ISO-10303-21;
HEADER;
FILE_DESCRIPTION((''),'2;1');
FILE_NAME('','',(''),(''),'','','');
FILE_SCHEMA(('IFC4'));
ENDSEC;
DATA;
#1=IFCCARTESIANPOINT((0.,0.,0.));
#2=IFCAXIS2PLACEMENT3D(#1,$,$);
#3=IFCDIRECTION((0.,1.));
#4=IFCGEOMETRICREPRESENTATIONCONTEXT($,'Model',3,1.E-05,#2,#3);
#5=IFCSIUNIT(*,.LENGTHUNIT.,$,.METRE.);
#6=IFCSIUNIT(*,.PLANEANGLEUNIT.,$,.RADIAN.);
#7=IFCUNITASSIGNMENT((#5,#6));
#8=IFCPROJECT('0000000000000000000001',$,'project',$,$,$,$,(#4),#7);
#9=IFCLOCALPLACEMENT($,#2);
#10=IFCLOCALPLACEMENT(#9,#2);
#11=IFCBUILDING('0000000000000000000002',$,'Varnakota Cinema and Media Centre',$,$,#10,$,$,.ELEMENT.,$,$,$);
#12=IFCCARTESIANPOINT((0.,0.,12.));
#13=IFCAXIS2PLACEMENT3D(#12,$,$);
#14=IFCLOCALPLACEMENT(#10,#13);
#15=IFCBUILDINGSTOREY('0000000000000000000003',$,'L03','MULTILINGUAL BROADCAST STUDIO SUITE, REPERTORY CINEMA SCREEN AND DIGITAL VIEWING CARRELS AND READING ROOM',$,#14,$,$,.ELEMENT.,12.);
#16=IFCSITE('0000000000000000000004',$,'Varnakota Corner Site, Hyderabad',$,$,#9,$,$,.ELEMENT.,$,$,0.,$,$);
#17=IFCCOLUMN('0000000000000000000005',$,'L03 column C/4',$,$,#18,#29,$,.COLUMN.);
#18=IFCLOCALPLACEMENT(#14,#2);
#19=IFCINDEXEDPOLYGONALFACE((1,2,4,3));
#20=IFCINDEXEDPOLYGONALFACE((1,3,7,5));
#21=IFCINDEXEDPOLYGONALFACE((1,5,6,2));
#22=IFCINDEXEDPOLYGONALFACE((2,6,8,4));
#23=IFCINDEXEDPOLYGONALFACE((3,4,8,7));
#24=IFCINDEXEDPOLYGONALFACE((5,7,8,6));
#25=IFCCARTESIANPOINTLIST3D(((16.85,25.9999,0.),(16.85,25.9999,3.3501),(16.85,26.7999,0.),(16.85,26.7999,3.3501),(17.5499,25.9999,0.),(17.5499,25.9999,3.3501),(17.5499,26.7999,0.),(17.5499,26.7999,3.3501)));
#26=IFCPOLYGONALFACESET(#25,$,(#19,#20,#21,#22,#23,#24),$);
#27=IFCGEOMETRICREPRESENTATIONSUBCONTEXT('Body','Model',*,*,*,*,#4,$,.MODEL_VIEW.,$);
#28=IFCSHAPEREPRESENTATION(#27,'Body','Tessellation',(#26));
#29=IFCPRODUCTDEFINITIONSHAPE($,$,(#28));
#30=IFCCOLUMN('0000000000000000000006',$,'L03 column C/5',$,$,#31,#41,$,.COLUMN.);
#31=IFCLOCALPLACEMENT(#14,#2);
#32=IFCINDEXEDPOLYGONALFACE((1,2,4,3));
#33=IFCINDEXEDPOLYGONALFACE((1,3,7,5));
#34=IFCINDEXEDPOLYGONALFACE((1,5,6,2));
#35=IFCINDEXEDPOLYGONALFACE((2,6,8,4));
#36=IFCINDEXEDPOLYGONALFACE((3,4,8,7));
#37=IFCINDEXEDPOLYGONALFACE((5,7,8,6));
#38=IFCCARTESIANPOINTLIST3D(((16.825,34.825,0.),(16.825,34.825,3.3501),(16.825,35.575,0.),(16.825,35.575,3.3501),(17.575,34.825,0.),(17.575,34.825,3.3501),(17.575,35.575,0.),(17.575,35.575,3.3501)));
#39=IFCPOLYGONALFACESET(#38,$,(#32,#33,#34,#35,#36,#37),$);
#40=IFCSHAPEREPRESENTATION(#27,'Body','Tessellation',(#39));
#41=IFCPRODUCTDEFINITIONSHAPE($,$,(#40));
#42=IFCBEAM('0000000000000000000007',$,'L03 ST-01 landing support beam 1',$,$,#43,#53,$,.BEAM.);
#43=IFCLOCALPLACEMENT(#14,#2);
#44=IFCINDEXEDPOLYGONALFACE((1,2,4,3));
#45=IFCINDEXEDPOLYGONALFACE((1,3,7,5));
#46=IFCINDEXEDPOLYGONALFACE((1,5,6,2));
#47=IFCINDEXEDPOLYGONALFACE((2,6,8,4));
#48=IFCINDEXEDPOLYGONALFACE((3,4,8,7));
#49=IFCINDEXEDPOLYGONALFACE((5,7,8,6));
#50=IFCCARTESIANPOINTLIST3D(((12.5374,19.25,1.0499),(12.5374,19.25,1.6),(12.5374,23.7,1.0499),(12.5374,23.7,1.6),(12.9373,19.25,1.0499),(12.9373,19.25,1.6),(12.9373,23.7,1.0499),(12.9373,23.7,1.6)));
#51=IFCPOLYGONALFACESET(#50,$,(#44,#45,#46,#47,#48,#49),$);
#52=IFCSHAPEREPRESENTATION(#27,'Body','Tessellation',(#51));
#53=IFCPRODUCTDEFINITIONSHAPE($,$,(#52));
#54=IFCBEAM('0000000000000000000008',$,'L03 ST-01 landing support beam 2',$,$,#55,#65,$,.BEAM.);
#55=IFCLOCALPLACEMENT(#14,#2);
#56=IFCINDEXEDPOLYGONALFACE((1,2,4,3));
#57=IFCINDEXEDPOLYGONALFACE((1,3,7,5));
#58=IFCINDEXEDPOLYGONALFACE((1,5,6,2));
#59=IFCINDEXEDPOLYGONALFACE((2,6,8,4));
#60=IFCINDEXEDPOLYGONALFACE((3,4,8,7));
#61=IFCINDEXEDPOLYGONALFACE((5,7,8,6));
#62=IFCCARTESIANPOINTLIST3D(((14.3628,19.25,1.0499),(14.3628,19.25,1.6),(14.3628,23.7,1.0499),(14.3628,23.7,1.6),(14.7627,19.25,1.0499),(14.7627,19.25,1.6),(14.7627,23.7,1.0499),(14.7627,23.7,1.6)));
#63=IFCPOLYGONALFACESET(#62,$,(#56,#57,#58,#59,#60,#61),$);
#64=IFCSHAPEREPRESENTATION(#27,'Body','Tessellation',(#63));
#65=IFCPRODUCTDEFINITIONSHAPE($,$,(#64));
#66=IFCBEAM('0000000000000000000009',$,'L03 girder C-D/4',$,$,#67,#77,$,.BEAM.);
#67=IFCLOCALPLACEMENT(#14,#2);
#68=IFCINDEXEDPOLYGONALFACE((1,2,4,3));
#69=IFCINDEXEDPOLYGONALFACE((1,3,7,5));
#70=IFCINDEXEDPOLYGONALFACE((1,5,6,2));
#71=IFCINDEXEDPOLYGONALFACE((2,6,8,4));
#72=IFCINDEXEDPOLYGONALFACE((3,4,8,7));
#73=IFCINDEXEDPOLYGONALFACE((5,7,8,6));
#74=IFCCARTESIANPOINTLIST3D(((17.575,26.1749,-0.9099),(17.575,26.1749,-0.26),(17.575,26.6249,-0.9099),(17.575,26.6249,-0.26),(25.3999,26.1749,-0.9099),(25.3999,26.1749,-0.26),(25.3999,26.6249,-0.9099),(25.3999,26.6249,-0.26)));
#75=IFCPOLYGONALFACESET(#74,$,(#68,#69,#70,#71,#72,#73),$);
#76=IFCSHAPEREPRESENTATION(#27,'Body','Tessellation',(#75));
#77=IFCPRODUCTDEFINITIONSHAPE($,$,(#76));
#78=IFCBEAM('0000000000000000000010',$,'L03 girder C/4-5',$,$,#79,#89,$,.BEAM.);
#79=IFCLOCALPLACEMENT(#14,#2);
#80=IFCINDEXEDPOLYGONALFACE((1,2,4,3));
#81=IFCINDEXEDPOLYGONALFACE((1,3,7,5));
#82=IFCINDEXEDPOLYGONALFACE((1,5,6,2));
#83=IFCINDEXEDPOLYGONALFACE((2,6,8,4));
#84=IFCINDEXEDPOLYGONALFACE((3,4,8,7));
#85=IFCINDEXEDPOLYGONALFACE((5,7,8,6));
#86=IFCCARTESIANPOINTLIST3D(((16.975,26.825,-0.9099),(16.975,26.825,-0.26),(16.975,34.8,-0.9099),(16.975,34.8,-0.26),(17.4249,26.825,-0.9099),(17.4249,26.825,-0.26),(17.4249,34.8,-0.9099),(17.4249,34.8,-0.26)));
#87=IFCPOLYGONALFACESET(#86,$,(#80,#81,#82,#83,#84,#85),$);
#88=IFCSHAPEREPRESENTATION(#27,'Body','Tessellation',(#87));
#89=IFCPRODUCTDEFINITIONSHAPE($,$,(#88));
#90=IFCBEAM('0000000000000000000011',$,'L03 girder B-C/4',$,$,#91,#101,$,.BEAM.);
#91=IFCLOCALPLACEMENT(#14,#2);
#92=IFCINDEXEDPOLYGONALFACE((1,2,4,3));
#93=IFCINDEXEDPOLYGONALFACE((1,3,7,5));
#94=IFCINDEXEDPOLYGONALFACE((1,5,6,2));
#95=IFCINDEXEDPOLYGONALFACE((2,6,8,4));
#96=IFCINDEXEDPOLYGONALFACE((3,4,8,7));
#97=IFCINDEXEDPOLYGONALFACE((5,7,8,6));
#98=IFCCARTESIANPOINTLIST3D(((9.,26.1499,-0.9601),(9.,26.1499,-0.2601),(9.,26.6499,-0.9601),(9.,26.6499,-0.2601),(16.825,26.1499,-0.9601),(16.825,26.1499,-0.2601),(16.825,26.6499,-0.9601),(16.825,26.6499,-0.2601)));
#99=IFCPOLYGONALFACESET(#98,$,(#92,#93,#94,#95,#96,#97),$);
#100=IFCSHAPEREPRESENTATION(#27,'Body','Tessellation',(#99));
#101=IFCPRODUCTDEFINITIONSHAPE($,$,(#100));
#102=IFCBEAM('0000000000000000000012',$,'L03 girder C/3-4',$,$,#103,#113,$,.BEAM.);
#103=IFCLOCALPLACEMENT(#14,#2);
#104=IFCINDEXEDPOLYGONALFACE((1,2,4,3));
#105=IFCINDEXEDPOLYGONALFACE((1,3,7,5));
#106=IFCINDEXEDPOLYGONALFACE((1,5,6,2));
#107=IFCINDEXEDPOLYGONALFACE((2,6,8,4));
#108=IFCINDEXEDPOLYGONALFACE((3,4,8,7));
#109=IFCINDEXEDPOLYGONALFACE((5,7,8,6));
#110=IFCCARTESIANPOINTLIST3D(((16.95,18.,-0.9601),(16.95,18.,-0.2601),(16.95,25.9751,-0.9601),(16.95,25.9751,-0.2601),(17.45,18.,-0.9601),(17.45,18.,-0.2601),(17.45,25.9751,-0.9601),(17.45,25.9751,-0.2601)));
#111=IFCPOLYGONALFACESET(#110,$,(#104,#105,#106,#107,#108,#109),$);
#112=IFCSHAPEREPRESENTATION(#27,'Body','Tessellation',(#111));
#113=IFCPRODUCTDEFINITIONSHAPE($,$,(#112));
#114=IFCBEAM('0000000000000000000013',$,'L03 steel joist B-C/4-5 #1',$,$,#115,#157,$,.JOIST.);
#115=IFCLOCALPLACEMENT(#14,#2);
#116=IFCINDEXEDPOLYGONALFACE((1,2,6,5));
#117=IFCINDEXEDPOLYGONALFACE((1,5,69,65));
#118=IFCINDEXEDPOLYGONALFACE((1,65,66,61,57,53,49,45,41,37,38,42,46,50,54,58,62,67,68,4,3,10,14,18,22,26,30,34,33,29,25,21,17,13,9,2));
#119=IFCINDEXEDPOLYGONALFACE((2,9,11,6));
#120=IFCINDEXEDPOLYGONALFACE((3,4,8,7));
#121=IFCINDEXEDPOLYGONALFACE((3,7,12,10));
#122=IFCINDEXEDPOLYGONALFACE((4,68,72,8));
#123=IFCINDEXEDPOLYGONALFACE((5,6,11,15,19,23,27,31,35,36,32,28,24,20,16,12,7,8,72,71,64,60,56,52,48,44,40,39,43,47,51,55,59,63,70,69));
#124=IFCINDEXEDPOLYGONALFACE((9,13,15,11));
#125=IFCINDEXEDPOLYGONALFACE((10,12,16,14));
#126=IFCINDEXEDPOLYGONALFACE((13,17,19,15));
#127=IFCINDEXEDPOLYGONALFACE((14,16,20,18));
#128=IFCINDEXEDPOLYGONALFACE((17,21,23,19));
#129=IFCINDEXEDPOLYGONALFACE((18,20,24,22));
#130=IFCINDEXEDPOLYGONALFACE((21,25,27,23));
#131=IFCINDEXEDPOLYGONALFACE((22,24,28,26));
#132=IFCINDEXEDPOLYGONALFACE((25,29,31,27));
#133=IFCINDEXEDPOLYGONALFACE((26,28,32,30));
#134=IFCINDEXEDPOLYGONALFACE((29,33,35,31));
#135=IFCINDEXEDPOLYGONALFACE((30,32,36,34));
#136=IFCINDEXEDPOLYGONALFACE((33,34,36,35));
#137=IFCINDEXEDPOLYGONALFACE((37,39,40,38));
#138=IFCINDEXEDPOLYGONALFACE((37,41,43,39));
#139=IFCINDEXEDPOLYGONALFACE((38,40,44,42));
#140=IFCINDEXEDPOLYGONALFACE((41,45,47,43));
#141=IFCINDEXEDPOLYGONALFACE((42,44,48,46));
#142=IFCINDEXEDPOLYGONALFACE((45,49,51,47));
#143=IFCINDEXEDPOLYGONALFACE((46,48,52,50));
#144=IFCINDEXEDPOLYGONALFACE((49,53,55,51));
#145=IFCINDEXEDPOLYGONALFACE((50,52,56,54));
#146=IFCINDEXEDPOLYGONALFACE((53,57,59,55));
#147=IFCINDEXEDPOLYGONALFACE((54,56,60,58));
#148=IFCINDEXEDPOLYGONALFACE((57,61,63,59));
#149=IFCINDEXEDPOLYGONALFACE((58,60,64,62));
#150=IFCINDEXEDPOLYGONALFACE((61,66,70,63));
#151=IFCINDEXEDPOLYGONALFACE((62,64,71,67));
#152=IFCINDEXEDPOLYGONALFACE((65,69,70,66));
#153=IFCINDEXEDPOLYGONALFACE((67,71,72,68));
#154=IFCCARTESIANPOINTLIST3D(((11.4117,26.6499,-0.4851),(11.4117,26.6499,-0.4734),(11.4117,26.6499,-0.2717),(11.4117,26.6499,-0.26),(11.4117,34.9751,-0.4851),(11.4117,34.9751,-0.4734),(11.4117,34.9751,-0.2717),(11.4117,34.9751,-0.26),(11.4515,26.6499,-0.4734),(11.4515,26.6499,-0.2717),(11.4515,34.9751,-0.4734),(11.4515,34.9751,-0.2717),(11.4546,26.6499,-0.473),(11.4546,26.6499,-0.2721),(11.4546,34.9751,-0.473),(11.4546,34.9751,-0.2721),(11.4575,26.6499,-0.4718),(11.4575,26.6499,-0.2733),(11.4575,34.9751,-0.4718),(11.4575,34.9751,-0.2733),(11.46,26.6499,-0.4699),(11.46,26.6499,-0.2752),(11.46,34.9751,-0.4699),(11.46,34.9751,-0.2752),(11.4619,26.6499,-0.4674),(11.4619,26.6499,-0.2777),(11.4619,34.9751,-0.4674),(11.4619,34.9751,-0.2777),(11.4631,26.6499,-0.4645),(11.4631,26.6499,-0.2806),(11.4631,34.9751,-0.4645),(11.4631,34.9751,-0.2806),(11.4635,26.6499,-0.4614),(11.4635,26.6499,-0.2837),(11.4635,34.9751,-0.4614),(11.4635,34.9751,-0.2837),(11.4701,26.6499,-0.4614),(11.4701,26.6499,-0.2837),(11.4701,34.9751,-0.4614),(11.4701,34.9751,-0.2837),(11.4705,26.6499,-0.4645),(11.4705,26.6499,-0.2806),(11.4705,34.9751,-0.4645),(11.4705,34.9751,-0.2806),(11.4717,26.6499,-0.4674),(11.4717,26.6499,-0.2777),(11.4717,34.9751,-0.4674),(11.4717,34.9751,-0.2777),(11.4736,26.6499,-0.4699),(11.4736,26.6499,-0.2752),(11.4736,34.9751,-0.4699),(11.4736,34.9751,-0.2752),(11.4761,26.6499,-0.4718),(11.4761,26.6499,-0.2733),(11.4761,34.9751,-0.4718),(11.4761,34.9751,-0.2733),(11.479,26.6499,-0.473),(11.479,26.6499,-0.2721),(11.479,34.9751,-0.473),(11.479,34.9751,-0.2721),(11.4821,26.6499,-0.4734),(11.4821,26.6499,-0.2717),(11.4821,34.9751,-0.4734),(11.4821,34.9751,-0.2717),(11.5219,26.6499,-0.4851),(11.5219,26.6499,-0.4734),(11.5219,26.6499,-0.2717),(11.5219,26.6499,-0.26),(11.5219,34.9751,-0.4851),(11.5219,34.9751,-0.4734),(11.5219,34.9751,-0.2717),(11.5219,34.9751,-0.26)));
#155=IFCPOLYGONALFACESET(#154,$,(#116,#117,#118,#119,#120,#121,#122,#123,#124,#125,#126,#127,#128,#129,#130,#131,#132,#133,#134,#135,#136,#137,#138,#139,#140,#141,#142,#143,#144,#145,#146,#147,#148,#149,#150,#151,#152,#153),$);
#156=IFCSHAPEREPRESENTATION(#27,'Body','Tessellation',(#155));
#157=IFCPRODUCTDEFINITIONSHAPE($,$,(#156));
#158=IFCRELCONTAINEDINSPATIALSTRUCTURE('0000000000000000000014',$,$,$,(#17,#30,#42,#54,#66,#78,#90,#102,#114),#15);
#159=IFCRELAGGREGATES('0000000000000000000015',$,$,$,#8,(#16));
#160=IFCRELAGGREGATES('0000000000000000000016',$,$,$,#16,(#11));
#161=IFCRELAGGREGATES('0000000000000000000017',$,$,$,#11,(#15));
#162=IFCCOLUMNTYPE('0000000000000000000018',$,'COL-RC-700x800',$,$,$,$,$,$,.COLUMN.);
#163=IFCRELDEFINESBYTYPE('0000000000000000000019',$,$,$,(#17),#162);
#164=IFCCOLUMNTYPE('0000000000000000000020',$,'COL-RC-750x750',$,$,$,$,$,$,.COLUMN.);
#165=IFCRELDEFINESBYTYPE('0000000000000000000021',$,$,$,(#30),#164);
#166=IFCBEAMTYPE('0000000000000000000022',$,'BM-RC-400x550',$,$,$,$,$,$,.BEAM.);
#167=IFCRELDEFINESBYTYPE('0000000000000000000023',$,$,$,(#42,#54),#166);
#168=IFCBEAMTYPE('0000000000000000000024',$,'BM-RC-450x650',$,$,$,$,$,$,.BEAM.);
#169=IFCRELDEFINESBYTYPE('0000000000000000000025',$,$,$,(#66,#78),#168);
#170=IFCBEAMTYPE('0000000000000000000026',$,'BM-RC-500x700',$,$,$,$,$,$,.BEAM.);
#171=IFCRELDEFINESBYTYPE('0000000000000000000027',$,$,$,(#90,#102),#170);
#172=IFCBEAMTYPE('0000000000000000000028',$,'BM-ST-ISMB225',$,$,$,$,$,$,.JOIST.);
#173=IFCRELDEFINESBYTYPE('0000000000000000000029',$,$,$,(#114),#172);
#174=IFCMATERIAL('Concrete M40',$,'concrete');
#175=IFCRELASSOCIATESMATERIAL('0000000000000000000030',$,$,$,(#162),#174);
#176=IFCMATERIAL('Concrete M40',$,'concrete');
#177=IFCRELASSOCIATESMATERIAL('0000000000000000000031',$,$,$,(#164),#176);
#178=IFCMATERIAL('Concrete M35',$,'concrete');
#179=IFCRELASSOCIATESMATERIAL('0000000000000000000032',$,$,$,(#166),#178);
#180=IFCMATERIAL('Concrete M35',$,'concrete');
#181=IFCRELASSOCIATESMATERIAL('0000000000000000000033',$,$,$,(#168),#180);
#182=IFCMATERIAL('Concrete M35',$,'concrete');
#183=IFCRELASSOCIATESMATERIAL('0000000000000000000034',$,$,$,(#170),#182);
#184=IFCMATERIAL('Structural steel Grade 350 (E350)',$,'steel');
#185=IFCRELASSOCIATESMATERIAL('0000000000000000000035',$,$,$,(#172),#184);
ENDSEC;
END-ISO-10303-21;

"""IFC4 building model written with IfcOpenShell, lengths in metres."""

from ifc_helpers import new_model, si_unit, direction, frame, origin, origin_2d, place, context, subcontext, project, spatial, rectangle, i_section, extrude, material, material_profile, profile_set, type_object, element, save


model = new_model("IFC4")

# Units and contexts
model_context = context("Model", 3, precision=1e-05, world=origin(), true_north=direction((0.0, 1.0)))
body_context = subcontext(model_context, "Body", "Model", "MODEL_VIEW")
ifc_project = project(units=[si_unit("LENGTHUNIT", "METRE"), si_unit("PLANEANGLEUNIT", "RADIAN")], contexts=[model_context])

# Site, building, storey
site_placement = place(None, origin())
site = spatial("IfcSite", under=ifc_project, at=site_placement, Name="Varnakota Corner Site, Hyderabad", CompositionType="ELEMENT", RefElevation=0.0)
building_placement = place(site_placement, origin())
building = spatial("IfcBuilding", under=site, at=building_placement, Name="Varnakota Cinema and Media Centre", CompositionType="ELEMENT")
storey_placement = place(building_placement, frame((0.0, 0.0, 12.0)))
storey = spatial("IfcBuildingStorey", under=building, at=storey_placement, Name="L03", Description="MULTILINGUAL BROADCAST STUDIO SUITE, REPERTORY CINEMA SCREEN AND DIGITAL VIEWING CARRELS AND READING ROOM", CompositionType="ELEMENT", Elevation=12.0)

# Columns
ifc_material_1 = material(Name="Concrete M40", Category="concrete")
ifc_material_profile_1 = material_profile(ifc_material_1, rectangle(XDim=0.7, YDim=0.8, at=origin_2d()), Name="RC 700x800")
ifc_profile_set_1 = profile_set([ifc_material_profile_1], Name="Concrete M40")
column_type_1 = type_object("IfcColumnType", Name="COL-RC-700x800", PredefinedType="COLUMN", material=ifc_profile_set_1)
column_1_placement = place(storey_placement, frame((17.2, 26.3999, 0.0), z_axis=(0.0, 0.0, 1.0), x_axis=(1.0, 0.0, 0.0)))
element("IfcColumn", 1, at=column_1_placement, inside=storey, type_object=column_type_1, Name="L03 column C/4", PredefinedType="COLUMN", context=body_context, shape_type="SweptSolid", body=[
    extrude(rectangle(XDim=0.7, YDim=0.8, at=origin_2d()), origin(), (0.0, 0.0, 1.0), 3.3501),
])
ifc_material_2 = material(Name="Concrete M40", Category="concrete")
ifc_material_profile_2 = material_profile(ifc_material_2, rectangle(XDim=0.75, YDim=0.75, at=origin_2d()), Name="RC 750x750")
ifc_profile_set_2 = profile_set([ifc_material_profile_2], Name="Concrete M40")
column_type_2 = type_object("IfcColumnType", Name="COL-RC-750x750", PredefinedType="COLUMN", material=ifc_profile_set_2)
column_2_placement = place(storey_placement, frame((17.2, 35.2, 0.0), z_axis=(0.0, 0.0, 1.0), x_axis=(1.0, 0.0, 0.0)))
element("IfcColumn", 2, at=column_2_placement, inside=storey, type_object=column_type_2, Name="L03 column C/5", PredefinedType="COLUMN", context=body_context, shape_type="SweptSolid", body=[
    extrude(rectangle(XDim=0.75, YDim=0.75, at=origin_2d()), origin(), (0.0, 0.0, 1.0), 3.3501),
])

# Beams
ifc_material_3 = material(Name="Concrete M35", Category="concrete")
ifc_material_profile_3 = material_profile(ifc_material_3, rectangle(XDim=0.3999, YDim=0.55, at=origin_2d()), Name="RCB 400x550")
ifc_profile_set_3 = profile_set([ifc_material_profile_3], Name="Concrete M35")
beam_type_1 = type_object("IfcBeamType", Name="BM-RC-400x550", PredefinedType="BEAM", material=ifc_profile_set_3)
for number, where, z_axis, x_axis, name in (
    (3, (12.7373, 19.25, 1.325), (0.0, 1.0, 0.0), (-1.0, 0.0, 0.0), "L03 ST-01 landing support beam 1"),
    (4, (14.5627, 19.25, 1.325), (0.0, 1.0, 0.0), (-1.0, 0.0, 0.0), "L03 ST-01 landing support beam 2"),
):
    element("IfcBeam", number, at=place(storey_placement, frame(where, z_axis=z_axis, x_axis=x_axis)), inside=storey, type_object=beam_type_1, Name=name, PredefinedType="BEAM", context=body_context, shape_type="SweptSolid", body=[
        extrude(rectangle(XDim=0.3999, YDim=0.55, at=origin_2d()), origin(), (0.0, 0.0, 1.0), 4.45),
    ])
ifc_material_4 = material(Name="Concrete M35", Category="concrete")
ifc_material_profile_4 = material_profile(ifc_material_4, rectangle(XDim=0.45, YDim=0.6499, at=origin_2d()), Name="RCB 450x650")
ifc_profile_set_4 = profile_set([ifc_material_profile_4], Name="Concrete M35")
beam_type_2 = type_object("IfcBeamType", Name="BM-RC-450x650", PredefinedType="BEAM", material=ifc_profile_set_4)
beam_1_placement = place(storey_placement, frame((17.575, 26.3999, -0.585), z_axis=(1.0, 0.0, 0.0), x_axis=(0.0, 1.0, 0.0)))
element("IfcBeam", 5, at=beam_1_placement, inside=storey, type_object=beam_type_2, Name="L03 girder C-D/4", PredefinedType="BEAM", context=body_context, shape_type="SweptSolid", body=[
    extrude(rectangle(XDim=0.45, YDim=0.6499, at=origin_2d()), origin(), (0.0, 0.0, 1.0), 7.825),
])
beam_2_placement = place(storey_placement, frame((17.2, 26.825, -0.585), z_axis=(0.0, 1.0, 0.0), x_axis=(-1.0, 0.0, 0.0)))
element("IfcBeam", 6, at=beam_2_placement, inside=storey, type_object=beam_type_2, Name="L03 girder C/4-5", PredefinedType="BEAM", context=body_context, shape_type="SweptSolid", body=[
    extrude(rectangle(XDim=0.45, YDim=0.6499, at=origin_2d()), origin(), (0.0, 0.0, 1.0), 7.9751),
])
ifc_material_5 = material(Name="Concrete M35", Category="concrete")
ifc_material_profile_5 = material_profile(ifc_material_5, rectangle(XDim=0.5, YDim=0.7, at=origin_2d()), Name="RCB 500x700")
ifc_profile_set_5 = profile_set([ifc_material_profile_5], Name="Concrete M35")
beam_type_3 = type_object("IfcBeamType", Name="BM-RC-500x700", PredefinedType="BEAM", material=ifc_profile_set_5)
beam_3_placement = place(storey_placement, frame((9.0, 26.3999, -0.6101), z_axis=(1.0, 0.0, 0.0), x_axis=(0.0, 1.0, 0.0)))
element("IfcBeam", 7, at=beam_3_placement, inside=storey, type_object=beam_type_3, Name="L03 girder B-C/4", PredefinedType="BEAM", context=body_context, shape_type="SweptSolid", body=[
    extrude(rectangle(XDim=0.5, YDim=0.7, at=origin_2d()), origin(), (0.0, 0.0, 1.0), 7.825),
])
beam_4_placement = place(storey_placement, frame((17.2, 18.0, -0.6101), z_axis=(0.0, 1.0, 0.0), x_axis=(-1.0, 0.0, 0.0)))
element("IfcBeam", 8, at=beam_4_placement, inside=storey, type_object=beam_type_3, Name="L03 girder C/3-4", PredefinedType="BEAM", context=body_context, shape_type="SweptSolid", body=[
    extrude(rectangle(XDim=0.5, YDim=0.7, at=origin_2d()), origin(), (0.0, 0.0, 1.0), 7.9751),
])
ifc_material_6 = material(Name="Structural steel Grade 350 (E350)", Category="steel")
ifc_material_profile_6 = material_profile(ifc_material_6, i_section(OverallWidth=0.1101, OverallDepth=0.2251, WebThickness=0.0066, FlangeThickness=0.0117, FilletRadius=0.012, at=origin_2d()), Name="ISMB 225")
ifc_profile_set_6 = profile_set([ifc_material_profile_6], Name="Structural steel Grade 350 (E350)")
beam_type_4 = type_object("IfcBeamType", Name="BM-ST-ISMB225", PredefinedType="JOIST", material=ifc_profile_set_6)
for number, where, z_axis, x_axis, name in (
    (9, (11.4668, 26.6499, -0.3726), (0.0, 1.0, 0.0), (-1.0, 0.0, 0.0), "L03 steel joist B-C/4-5 #1"),
):
    element("IfcBeam", number, at=place(storey_placement, frame(where, z_axis=z_axis, x_axis=x_axis)), inside=storey, type_object=beam_type_4, Name=name, PredefinedType="JOIST", context=body_context, shape_type="SweptSolid", body=[
        extrude(i_section(OverallWidth=0.1101, OverallDepth=0.2251, WebThickness=0.0066, FlangeThickness=0.0117, FilletRadius=0.012, at=origin_2d()), origin(), (0.0, 0.0, 1.0), 8.3252),
    ])

save(model, "model.ifc")
